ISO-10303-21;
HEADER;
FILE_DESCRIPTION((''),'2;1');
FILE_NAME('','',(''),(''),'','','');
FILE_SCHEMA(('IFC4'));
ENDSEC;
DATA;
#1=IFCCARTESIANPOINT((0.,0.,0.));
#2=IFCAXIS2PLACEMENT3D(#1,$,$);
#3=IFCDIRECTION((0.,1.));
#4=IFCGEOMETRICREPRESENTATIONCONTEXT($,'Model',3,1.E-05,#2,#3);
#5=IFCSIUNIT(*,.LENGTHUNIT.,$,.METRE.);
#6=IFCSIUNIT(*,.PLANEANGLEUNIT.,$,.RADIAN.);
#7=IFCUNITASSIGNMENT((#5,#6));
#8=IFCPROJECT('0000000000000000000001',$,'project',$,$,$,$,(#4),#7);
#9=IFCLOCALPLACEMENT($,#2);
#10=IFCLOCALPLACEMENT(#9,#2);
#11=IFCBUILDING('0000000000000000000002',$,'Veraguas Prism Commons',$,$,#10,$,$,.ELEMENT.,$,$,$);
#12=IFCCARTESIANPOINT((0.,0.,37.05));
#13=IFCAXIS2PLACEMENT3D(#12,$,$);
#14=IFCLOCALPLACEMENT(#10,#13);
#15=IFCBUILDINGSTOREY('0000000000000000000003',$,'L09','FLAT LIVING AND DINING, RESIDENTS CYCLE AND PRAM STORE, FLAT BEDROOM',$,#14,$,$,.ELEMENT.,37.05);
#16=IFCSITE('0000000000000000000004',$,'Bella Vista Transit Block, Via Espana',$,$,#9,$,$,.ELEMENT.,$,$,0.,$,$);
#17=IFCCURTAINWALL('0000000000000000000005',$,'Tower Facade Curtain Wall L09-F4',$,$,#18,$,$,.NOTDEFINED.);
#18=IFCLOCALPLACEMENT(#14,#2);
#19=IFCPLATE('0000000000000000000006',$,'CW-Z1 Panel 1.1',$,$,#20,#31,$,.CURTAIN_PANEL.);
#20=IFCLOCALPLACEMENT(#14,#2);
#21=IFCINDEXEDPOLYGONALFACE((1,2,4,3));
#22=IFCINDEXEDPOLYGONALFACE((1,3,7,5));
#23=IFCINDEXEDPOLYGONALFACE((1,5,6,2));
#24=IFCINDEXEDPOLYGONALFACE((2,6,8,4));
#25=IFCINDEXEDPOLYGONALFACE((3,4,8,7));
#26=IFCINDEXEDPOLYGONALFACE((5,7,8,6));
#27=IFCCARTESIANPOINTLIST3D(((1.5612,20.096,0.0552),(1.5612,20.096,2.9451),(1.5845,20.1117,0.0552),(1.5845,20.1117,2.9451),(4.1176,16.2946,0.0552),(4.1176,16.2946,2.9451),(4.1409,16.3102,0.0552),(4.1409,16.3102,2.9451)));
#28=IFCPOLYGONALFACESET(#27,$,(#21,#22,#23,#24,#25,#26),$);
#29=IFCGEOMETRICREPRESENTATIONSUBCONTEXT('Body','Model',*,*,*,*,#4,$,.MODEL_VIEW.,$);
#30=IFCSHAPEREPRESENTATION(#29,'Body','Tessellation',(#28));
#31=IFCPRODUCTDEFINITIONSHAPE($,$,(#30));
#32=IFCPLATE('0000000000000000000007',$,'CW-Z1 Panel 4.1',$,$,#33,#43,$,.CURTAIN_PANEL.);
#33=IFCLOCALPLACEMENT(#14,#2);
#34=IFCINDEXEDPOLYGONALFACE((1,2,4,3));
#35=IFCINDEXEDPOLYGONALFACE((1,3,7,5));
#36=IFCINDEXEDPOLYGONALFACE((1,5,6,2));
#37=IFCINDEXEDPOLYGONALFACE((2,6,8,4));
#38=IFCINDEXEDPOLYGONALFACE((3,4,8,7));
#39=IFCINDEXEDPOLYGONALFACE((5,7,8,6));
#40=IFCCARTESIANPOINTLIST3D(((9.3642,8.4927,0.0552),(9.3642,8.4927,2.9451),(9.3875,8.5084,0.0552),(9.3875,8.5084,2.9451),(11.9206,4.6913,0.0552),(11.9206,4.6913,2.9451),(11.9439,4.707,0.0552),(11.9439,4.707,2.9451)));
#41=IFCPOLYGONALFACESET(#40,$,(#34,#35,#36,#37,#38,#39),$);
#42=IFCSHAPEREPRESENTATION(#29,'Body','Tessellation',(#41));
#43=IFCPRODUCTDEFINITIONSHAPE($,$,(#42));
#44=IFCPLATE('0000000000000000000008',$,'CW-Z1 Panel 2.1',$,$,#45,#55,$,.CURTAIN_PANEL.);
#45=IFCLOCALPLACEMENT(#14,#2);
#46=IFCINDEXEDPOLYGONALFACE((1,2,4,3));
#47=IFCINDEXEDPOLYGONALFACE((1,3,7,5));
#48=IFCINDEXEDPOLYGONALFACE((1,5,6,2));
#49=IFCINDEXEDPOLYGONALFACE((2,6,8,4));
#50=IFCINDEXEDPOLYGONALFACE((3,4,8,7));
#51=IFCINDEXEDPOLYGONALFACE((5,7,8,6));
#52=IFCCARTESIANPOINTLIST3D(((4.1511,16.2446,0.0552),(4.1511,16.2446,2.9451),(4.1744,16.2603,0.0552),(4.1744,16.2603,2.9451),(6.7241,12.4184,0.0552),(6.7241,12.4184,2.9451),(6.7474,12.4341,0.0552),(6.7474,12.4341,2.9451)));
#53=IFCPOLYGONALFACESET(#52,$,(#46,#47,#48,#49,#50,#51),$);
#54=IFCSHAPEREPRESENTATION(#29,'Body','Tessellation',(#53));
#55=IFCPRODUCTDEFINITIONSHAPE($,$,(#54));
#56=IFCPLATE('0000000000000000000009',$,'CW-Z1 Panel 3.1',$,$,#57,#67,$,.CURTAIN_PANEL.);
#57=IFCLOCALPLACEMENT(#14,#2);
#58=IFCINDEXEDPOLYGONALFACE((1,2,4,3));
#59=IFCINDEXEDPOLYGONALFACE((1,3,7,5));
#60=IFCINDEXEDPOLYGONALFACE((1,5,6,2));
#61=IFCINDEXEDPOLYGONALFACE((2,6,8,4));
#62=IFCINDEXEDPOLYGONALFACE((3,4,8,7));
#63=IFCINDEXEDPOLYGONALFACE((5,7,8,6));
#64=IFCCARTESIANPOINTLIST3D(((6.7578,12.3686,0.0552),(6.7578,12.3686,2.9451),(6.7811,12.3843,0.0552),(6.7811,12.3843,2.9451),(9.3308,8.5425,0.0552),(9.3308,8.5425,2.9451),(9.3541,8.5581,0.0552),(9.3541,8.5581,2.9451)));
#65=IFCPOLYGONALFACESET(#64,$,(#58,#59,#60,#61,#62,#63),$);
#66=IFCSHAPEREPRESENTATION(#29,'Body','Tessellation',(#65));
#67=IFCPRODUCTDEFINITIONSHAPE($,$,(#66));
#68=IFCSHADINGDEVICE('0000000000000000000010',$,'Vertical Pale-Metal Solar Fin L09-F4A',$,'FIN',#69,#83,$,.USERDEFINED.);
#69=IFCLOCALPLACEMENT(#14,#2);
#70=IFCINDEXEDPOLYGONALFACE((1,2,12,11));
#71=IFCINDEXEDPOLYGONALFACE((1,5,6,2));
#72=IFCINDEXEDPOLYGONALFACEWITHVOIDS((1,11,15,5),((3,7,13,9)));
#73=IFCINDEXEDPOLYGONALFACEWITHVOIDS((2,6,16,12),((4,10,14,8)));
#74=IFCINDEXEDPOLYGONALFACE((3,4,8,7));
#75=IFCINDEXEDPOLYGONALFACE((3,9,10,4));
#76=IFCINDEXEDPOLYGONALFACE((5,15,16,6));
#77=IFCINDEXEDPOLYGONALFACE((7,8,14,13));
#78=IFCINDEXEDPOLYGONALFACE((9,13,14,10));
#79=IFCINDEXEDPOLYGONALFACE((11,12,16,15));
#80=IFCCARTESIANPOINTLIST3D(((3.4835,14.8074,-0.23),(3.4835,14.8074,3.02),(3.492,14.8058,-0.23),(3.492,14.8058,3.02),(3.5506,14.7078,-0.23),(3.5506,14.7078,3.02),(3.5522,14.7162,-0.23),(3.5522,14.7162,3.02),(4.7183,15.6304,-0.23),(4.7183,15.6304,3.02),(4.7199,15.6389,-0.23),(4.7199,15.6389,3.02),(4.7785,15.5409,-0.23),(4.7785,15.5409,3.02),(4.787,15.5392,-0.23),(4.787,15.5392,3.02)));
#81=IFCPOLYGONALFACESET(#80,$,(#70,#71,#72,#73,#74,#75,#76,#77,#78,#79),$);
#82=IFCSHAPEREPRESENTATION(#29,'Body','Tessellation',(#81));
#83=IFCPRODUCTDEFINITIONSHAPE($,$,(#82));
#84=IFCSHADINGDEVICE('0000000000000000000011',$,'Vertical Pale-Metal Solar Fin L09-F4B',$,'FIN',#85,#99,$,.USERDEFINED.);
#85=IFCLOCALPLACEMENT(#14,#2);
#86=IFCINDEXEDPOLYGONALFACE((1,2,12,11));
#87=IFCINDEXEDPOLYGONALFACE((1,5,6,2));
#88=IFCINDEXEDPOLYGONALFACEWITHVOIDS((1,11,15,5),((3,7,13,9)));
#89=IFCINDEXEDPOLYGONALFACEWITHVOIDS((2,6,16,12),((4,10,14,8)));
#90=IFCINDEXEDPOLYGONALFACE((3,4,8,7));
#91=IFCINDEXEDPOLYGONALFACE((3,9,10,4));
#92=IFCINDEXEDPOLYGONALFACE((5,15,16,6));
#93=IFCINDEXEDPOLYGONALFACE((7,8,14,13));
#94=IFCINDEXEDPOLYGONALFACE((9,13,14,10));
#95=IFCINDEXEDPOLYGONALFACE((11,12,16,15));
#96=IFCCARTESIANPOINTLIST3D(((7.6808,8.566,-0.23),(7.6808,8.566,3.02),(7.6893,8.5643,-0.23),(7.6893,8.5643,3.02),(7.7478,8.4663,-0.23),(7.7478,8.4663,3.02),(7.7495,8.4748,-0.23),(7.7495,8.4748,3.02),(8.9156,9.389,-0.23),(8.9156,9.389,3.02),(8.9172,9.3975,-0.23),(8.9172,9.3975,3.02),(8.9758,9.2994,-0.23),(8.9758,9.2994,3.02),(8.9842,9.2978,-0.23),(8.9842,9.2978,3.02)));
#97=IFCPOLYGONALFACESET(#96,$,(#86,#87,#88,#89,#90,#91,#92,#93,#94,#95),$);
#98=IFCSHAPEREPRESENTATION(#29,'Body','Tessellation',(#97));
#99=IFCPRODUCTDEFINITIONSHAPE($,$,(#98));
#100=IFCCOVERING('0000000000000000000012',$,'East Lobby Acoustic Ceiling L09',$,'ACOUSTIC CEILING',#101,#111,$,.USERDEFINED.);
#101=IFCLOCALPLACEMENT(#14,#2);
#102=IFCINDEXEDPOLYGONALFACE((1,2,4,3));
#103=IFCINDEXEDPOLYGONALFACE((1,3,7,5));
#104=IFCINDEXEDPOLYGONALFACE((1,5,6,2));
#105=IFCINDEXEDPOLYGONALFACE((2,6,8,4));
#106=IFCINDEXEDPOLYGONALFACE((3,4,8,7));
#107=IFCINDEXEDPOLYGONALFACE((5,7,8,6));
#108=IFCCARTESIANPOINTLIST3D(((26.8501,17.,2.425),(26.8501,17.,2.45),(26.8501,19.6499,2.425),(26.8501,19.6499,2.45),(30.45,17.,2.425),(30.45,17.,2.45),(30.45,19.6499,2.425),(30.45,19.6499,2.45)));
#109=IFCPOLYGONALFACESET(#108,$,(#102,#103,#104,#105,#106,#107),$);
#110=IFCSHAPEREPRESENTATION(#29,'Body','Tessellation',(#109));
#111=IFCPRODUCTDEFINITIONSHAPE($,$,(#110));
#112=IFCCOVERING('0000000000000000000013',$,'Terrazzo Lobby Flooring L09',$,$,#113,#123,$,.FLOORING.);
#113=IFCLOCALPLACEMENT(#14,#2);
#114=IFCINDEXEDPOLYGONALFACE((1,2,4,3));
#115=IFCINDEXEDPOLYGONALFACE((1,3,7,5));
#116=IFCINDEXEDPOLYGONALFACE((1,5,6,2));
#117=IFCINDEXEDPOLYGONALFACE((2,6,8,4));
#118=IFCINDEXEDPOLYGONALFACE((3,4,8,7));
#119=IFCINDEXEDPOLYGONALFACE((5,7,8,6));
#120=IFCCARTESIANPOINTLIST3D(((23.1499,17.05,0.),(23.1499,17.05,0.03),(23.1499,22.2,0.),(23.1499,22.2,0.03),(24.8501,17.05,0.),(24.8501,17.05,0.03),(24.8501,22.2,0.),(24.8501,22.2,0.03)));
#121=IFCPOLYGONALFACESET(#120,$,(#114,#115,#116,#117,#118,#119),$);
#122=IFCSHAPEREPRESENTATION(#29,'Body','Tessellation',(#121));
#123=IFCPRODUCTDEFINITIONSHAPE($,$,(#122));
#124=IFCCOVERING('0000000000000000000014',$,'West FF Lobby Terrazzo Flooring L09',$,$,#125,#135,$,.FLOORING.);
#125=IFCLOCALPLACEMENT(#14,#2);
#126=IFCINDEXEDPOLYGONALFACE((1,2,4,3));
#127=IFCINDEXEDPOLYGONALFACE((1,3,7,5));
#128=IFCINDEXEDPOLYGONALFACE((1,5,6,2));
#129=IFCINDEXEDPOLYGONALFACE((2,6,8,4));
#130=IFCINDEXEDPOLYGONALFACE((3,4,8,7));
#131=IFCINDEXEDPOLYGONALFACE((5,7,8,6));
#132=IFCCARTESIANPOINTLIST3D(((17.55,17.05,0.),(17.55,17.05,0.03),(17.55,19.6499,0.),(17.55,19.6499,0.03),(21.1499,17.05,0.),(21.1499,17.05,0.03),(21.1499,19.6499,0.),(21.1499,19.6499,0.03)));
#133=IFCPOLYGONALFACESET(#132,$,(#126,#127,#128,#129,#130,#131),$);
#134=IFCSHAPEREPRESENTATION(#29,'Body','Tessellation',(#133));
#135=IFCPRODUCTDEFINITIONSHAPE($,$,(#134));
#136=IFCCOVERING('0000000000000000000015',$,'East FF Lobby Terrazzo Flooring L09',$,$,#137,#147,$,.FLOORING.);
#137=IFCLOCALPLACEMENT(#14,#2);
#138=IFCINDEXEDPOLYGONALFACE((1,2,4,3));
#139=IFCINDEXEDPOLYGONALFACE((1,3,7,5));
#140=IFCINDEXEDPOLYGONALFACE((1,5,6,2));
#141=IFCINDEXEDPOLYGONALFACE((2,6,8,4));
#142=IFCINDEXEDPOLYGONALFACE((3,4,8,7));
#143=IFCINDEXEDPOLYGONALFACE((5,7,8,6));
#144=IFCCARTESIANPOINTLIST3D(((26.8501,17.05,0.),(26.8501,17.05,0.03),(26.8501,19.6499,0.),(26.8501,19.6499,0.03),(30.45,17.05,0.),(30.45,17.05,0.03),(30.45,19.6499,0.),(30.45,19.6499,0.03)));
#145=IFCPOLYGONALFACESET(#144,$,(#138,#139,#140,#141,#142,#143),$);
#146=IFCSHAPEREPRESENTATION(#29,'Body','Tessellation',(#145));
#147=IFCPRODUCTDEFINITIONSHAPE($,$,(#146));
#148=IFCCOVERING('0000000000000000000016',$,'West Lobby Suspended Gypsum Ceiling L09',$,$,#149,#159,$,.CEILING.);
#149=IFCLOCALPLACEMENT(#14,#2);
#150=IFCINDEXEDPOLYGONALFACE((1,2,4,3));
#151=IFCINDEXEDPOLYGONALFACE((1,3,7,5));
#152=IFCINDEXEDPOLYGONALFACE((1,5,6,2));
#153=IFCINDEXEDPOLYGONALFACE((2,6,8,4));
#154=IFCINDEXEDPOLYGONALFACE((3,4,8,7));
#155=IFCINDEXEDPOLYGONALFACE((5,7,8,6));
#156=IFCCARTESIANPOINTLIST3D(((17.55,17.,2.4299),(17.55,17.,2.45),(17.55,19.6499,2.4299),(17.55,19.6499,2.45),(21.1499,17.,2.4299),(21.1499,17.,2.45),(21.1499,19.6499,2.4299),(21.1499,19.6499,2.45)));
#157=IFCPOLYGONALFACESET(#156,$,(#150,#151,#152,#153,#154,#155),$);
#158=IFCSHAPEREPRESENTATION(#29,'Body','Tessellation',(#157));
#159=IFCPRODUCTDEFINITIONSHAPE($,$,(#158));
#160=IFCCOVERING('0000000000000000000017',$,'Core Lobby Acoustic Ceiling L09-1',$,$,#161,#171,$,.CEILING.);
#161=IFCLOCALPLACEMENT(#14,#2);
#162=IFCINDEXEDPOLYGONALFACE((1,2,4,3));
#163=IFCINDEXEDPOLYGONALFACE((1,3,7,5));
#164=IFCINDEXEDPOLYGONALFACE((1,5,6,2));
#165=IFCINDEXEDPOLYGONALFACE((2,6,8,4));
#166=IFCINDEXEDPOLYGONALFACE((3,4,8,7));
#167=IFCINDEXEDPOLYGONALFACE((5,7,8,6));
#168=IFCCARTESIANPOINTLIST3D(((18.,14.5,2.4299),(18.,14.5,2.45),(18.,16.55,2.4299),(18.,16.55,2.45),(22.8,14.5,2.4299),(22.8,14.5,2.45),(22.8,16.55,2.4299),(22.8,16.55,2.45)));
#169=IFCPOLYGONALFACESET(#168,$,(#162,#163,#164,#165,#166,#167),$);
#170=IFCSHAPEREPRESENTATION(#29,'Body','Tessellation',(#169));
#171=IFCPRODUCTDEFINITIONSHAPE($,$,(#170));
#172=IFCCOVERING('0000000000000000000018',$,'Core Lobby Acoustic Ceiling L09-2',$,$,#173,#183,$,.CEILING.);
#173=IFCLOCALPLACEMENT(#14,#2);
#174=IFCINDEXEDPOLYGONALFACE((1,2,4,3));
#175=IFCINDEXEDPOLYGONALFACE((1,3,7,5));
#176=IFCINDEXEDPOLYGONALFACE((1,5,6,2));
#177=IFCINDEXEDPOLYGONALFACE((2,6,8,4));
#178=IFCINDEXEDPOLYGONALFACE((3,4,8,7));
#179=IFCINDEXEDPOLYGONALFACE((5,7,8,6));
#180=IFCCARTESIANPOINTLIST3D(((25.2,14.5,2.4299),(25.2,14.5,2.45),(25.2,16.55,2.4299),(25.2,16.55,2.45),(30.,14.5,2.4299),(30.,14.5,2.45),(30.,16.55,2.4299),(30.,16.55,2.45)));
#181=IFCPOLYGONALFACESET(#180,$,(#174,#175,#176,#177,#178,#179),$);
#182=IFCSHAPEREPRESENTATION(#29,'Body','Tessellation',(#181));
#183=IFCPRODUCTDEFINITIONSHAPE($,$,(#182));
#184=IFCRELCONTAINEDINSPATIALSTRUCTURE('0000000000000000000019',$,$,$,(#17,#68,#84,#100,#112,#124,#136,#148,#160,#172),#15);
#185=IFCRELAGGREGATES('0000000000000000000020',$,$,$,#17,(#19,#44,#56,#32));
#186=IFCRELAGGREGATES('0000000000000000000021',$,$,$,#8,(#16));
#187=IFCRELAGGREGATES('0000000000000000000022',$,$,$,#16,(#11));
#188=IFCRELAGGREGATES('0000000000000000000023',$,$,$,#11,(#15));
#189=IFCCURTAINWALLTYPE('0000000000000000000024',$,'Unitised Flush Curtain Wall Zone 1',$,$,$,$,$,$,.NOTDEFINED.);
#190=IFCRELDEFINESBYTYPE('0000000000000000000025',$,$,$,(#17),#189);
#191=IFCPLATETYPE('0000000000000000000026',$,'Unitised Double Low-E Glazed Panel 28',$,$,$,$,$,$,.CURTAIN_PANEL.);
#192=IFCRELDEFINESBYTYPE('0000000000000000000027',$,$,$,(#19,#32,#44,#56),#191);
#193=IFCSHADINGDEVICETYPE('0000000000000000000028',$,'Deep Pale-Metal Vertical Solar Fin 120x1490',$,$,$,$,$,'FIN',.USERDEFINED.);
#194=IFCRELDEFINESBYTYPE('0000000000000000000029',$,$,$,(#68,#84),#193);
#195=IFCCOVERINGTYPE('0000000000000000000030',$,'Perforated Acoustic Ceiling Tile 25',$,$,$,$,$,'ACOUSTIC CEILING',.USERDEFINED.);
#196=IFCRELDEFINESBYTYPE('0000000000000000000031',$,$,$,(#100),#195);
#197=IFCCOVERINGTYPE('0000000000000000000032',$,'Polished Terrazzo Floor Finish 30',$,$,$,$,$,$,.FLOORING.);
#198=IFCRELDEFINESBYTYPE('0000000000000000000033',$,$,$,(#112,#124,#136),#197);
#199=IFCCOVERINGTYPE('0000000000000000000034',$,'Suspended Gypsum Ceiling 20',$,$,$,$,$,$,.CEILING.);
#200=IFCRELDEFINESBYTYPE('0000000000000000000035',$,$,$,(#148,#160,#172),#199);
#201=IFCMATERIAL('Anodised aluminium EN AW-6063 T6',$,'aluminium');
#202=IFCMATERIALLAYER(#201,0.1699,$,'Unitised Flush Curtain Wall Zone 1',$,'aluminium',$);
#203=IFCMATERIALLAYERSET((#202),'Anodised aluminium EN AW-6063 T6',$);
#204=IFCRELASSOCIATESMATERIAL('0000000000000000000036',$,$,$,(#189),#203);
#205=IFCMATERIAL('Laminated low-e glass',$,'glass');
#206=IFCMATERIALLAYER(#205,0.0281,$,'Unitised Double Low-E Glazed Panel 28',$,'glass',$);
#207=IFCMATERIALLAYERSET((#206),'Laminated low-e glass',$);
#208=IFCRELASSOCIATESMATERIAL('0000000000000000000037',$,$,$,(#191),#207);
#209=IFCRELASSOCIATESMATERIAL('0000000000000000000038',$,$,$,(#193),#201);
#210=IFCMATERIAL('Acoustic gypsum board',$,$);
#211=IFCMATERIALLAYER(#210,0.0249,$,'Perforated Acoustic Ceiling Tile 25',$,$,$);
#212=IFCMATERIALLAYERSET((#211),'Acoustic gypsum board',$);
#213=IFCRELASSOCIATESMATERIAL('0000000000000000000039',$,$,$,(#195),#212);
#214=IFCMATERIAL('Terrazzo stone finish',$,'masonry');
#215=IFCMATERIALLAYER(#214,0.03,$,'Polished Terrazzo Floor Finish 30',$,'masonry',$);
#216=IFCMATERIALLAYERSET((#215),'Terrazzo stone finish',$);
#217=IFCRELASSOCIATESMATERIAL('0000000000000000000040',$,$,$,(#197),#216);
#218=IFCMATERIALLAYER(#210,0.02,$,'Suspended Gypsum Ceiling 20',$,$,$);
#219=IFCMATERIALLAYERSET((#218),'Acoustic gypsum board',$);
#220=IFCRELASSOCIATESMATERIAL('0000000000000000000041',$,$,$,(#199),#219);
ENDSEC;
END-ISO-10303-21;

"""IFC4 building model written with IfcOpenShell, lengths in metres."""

from ifc_helpers import new_model, si_unit, direction, frame, origin, origin_2d, place, context, subcontext, project, spatial, polyline, rectangle, hollow_rectangle, outline, extrude, source, transform, mapped, material, layer, layer_set, material_profile, profile_set, type_object, element, aggregate, save


model = new_model("IFC4")

# Units and contexts
model_context = context("Model", 3, precision=1e-05, world=origin(), true_north=direction((0.0, 1.0)))
body_context = subcontext(model_context, "Body", "Model", "MODEL_VIEW")
ifc_project = project(units=[si_unit("LENGTHUNIT", "METRE"), si_unit("PLANEANGLEUNIT", "RADIAN")], contexts=[model_context])

# Site, building, storey
site_placement = place(None, origin())
site = spatial("IfcSite", under=ifc_project, at=site_placement, Name="Bella Vista Transit Block, Via Espana", CompositionType="ELEMENT", RefElevation=0.0)
building_placement = place(site_placement, origin())
building = spatial("IfcBuilding", under=site, at=building_placement, Name="Veraguas Prism Commons", CompositionType="ELEMENT")
storey_placement = place(building_placement, frame((0.0, 0.0, 37.05)))
storey = spatial("IfcBuildingStorey", under=building, at=storey_placement, Name="L09", Description="FLAT LIVING AND DINING, RESIDENTS CYCLE AND PRAM STORE, FLAT BEDROOM", CompositionType="ELEMENT", Elevation=37.05)

# Curtain wall
ifc_material_1 = material(Name="Anodised aluminium EN AW-6063 T6", Category="aluminium")
ifc_layer_1 = layer(ifc_material_1, 0.1699, Name="Unitised Flush Curtain Wall Zone 1", Category="aluminium")
ifc_layer_set_1 = layer_set([ifc_layer_1], Name="Anodised aluminium EN AW-6063 T6")
curtain_wall_type = type_object("IfcCurtainWallType", Name="Unitised Flush Curtain Wall Zone 1", PredefinedType="NOTDEFINED", material=ifc_layer_set_1)
curtain_wall_1_placement = place(storey_placement, origin())
curtain_wall_1 = element("IfcCurtainWall", 1, at=curtain_wall_1_placement, inside=storey, type_object=curtain_wall_type, Name="Tower Facade Curtain Wall L09-F4", PredefinedType="NOTDEFINED")

# Plates
ifc_material_2 = material(Name="Laminated low-e glass", Category="glass")
ifc_layer_2 = layer(ifc_material_2, 0.0281, Name="Unitised Double Low-E Glazed Panel 28", Category="glass")
ifc_layer_set_2 = layer_set([ifc_layer_2], Name="Laminated low-e glass")
plate_type = type_object("IfcPlateType", Name="Unitised Double Low-E Glazed Panel 28", PredefinedType="CURTAIN_PANEL", material=ifc_layer_set_2)
shared_shape_1 = source(origin(), body_context, "Body", "SweptSolid", [
    extrude(rectangle(XDim=4.5811, YDim=0.0281, at=origin_2d()), origin(), (0.0, 0.0, 1.0), 2.8899),
])
plate_1_placement = place(storey_placement, frame((2.8511, 18.2031, 0.0552), z_axis=(0.0, 0.0, 1.0), x_axis=(0.558035, -0.829818, 0.0)))
plate_1 = element("IfcPlate", 2, at=plate_1_placement, type_object=plate_type, Name="CW-Z1 Panel 1.1", PredefinedType="CURTAIN_PANEL", context=body_context, shape_type="MappedRepresentation", body=[
    mapped(shared_shape_1, transform((0.0, 0.0, 0.0), scale=1.0)),
])
plate_2_placement = place(storey_placement, frame((10.6541, 6.5999, 0.0552), z_axis=(0.0, 0.0, 1.0), x_axis=(0.558035, -0.829818, 0.0)))
plate_2 = element("IfcPlate", 3, at=plate_2_placement, type_object=plate_type, Name="CW-Z1 Panel 4.1", PredefinedType="CURTAIN_PANEL", context=body_context, shape_type="MappedRepresentation", body=[
    mapped(shared_shape_1, transform((0.0, 0.0, 0.0), scale=1.0)),
])
shared_shape_2 = source(origin(), body_context, "Body", "SweptSolid", [
    extrude(rectangle(XDim=4.6108, YDim=0.0281, at=origin_2d()), origin(), (0.0, 0.0, 1.0), 2.8899),
])
plate_3_placement = place(storey_placement, frame((5.4492, 14.3394, 0.0552), z_axis=(0.0, 0.0, 1.0), x_axis=(0.558035, -0.829818, 0.0)))
plate_3 = element("IfcPlate", 4, at=plate_3_placement, type_object=plate_type, Name="CW-Z1 Panel 2.1", PredefinedType="CURTAIN_PANEL", context=body_context, shape_type="MappedRepresentation", body=[
    mapped(shared_shape_2, transform((0.0, 0.0, 0.0), scale=1.0)),
])
plate_4_placement = place(storey_placement, frame((8.0559, 10.4634, 0.0552), z_axis=(0.0, 0.0, 1.0), x_axis=(0.558035, -0.829818, 0.0)))
plate_4 = element("IfcPlate", 5, at=plate_4_placement, type_object=plate_type, Name="CW-Z1 Panel 3.1", PredefinedType="CURTAIN_PANEL", context=body_context, shape_type="MappedRepresentation", body=[
    mapped(shared_shape_2, transform((0.0, 0.0, 0.0), scale=1.0)),
])
aggregate(curtain_wall_1, [plate_1, plate_3, plate_4, plate_2])

# Shading devices
ifc_material_profile_1 = material_profile(ifc_material_1, hollow_rectangle(XDim=0.1201, YDim=1.49, WallThickness=0.0061, at=origin_2d()), Name="FIN120X1490X6")
ifc_profile_set_1 = profile_set([ifc_material_profile_1], Name="Anodised aluminium EN AW-6063 T6")
shading_device_type = type_object("IfcShadingDeviceType", Name="Deep Pale-Metal Vertical Solar Fin 120x1490", ElementType="FIN", PredefinedType="USERDEFINED", material=ifc_profile_set_1)
for number, where, z_axis, x_axis, name in (
    (6, (4.1353, 15.1733, -0.23), (0.0, 0.0, 1.0), (0.558036, -0.829817, 0.0), "Vertical Pale-Metal Solar Fin L09-F4A"),
    (7, (8.3325, 8.9319, -0.23), (0.0, 0.0, 1.0), (0.558036, -0.829817, 0.0), "Vertical Pale-Metal Solar Fin L09-F4B"),
):
    element("IfcShadingDevice", number, at=place(storey_placement, frame(where, z_axis=z_axis, x_axis=x_axis)), inside=storey, type_object=shading_device_type, Name=name, ObjectType="FIN", PredefinedType="USERDEFINED", context=body_context, shape_type="SweptSolid", body=[
        extrude(hollow_rectangle(XDim=0.1201, YDim=1.49, WallThickness=0.0061, at=origin_2d()), origin(), (0.0, 0.0, 1.0), 3.25),
    ])

# Coverings
ifc_material_3 = material(Name="Acoustic gypsum board")
ifc_layer_3 = layer(ifc_material_3, 0.0249, Name="Perforated Acoustic Ceiling Tile 25")
ifc_layer_set_3 = layer_set([ifc_layer_3], Name="Acoustic gypsum board")
covering_type_1 = type_object("IfcCoveringType", Name="Perforated Acoustic Ceiling Tile 25", ElementType="ACOUSTIC CEILING", PredefinedType="USERDEFINED", material=ifc_layer_set_3)
covering_1_placement = place(storey_placement, frame((0.0, 0.0, 2.425)))
element("IfcCovering", 8, at=covering_1_placement, inside=storey, type_object=covering_type_1, Name="East Lobby Acoustic Ceiling L09", ObjectType="ACOUSTIC CEILING", PredefinedType="USERDEFINED", context=body_context, shape_type="SweptSolid", body=[
    extrude(outline(polyline([(26.8501, 17.0), (30.45, 17.0), (30.45, 19.6499), (26.8501, 19.6499), (26.8501, 17.0)])), origin(), (0.0, 0.0, 1.0), 0.0249),
])
ifc_material_4 = material(Name="Terrazzo stone finish", Category="masonry")
ifc_layer_4 = layer(ifc_material_4, 0.03, Name="Polished Terrazzo Floor Finish 30", Category="masonry")
ifc_layer_set_4 = layer_set([ifc_layer_4], Name="Terrazzo stone finish")
covering_type_2 = type_object("IfcCoveringType", Name="Polished Terrazzo Floor Finish 30", PredefinedType="FLOORING", material=ifc_layer_set_4)
covering_2_placement = place(storey_placement, origin())
element("IfcCovering", 9, at=covering_2_placement, inside=storey, type_object=covering_type_2, Name="Terrazzo Lobby Flooring L09", PredefinedType="FLOORING", context=body_context, shape_type="SweptSolid", body=[
    extrude(outline(polyline([(23.1499, 17.05), (24.8501, 17.05), (24.8501, 22.2), (23.1499, 22.2), (23.1499, 17.05)])), origin(), (0.0, 0.0, 1.0), 0.03),
])
covering_3_placement = place(storey_placement, origin())
element("IfcCovering", 10, at=covering_3_placement, inside=storey, type_object=covering_type_2, Name="West FF Lobby Terrazzo Flooring L09", PredefinedType="FLOORING", context=body_context, shape_type="SweptSolid", body=[
    extrude(outline(polyline([(17.55, 17.05), (21.1499, 17.05), (21.1499, 19.6499), (17.55, 19.6499), (17.55, 17.05)])), origin(), (0.0, 0.0, 1.0), 0.03),
])
covering_4_placement = place(storey_placement, origin())
element("IfcCovering", 11, at=covering_4_placement, inside=storey, type_object=covering_type_2, Name="East FF Lobby Terrazzo Flooring L09", PredefinedType="FLOORING", context=body_context, shape_type="SweptSolid", body=[
    extrude(outline(polyline([(26.8501, 17.05), (30.45, 17.05), (30.45, 19.6499), (26.8501, 19.6499), (26.8501, 17.05)])), origin(), (0.0, 0.0, 1.0), 0.03),
])
ifc_layer_5 = layer(ifc_material_3, 0.02, Name="Suspended Gypsum Ceiling 20")
ifc_layer_set_5 = layer_set([ifc_layer_5], Name="Acoustic gypsum board")
covering_type_3 = type_object("IfcCoveringType", Name="Suspended Gypsum Ceiling 20", PredefinedType="CEILING", material=ifc_layer_set_5)
covering_5_placement = place(storey_placement, frame((0.0, 0.0, 2.4299)))
element("IfcCovering", 12, at=covering_5_placement, inside=storey, type_object=covering_type_3, Name="West Lobby Suspended Gypsum Ceiling L09", PredefinedType="CEILING", context=body_context, shape_type="SweptSolid", body=[
    extrude(outline(polyline([(17.55, 17.0), (21.1499, 17.0), (21.1499, 19.6499), (17.55, 19.6499), (17.55, 17.0)])), origin(), (0.0, 0.0, 1.0), 0.02),
])
covering_6_placement = place(storey_placement, frame((0.0, 0.0, 2.4299)))
element("IfcCovering", 13, at=covering_6_placement, inside=storey, type_object=covering_type_3, Name="Core Lobby Acoustic Ceiling L09-1", PredefinedType="CEILING", context=body_context, shape_type="SweptSolid", body=[
    extrude(outline(polyline([(18.0, 14.5), (22.8, 14.5), (22.8, 16.55), (18.0, 16.55), (18.0, 14.5)])), origin(), (0.0, 0.0, 1.0), 0.02),
])
covering_7_placement = place(storey_placement, frame((0.0, 0.0, 2.4299)))
element("IfcCovering", 14, at=covering_7_placement, inside=storey, type_object=covering_type_3, Name="Core Lobby Acoustic Ceiling L09-2", PredefinedType="CEILING", context=body_context, shape_type="SweptSolid", body=[
    extrude(outline(polyline([(25.2, 14.5), (30.0, 14.5), (30.0, 16.55), (25.2, 16.55), (25.2, 14.5)])), origin(), (0.0, 0.0, 1.0), 0.02),
])

save(model, "model.ifc")
